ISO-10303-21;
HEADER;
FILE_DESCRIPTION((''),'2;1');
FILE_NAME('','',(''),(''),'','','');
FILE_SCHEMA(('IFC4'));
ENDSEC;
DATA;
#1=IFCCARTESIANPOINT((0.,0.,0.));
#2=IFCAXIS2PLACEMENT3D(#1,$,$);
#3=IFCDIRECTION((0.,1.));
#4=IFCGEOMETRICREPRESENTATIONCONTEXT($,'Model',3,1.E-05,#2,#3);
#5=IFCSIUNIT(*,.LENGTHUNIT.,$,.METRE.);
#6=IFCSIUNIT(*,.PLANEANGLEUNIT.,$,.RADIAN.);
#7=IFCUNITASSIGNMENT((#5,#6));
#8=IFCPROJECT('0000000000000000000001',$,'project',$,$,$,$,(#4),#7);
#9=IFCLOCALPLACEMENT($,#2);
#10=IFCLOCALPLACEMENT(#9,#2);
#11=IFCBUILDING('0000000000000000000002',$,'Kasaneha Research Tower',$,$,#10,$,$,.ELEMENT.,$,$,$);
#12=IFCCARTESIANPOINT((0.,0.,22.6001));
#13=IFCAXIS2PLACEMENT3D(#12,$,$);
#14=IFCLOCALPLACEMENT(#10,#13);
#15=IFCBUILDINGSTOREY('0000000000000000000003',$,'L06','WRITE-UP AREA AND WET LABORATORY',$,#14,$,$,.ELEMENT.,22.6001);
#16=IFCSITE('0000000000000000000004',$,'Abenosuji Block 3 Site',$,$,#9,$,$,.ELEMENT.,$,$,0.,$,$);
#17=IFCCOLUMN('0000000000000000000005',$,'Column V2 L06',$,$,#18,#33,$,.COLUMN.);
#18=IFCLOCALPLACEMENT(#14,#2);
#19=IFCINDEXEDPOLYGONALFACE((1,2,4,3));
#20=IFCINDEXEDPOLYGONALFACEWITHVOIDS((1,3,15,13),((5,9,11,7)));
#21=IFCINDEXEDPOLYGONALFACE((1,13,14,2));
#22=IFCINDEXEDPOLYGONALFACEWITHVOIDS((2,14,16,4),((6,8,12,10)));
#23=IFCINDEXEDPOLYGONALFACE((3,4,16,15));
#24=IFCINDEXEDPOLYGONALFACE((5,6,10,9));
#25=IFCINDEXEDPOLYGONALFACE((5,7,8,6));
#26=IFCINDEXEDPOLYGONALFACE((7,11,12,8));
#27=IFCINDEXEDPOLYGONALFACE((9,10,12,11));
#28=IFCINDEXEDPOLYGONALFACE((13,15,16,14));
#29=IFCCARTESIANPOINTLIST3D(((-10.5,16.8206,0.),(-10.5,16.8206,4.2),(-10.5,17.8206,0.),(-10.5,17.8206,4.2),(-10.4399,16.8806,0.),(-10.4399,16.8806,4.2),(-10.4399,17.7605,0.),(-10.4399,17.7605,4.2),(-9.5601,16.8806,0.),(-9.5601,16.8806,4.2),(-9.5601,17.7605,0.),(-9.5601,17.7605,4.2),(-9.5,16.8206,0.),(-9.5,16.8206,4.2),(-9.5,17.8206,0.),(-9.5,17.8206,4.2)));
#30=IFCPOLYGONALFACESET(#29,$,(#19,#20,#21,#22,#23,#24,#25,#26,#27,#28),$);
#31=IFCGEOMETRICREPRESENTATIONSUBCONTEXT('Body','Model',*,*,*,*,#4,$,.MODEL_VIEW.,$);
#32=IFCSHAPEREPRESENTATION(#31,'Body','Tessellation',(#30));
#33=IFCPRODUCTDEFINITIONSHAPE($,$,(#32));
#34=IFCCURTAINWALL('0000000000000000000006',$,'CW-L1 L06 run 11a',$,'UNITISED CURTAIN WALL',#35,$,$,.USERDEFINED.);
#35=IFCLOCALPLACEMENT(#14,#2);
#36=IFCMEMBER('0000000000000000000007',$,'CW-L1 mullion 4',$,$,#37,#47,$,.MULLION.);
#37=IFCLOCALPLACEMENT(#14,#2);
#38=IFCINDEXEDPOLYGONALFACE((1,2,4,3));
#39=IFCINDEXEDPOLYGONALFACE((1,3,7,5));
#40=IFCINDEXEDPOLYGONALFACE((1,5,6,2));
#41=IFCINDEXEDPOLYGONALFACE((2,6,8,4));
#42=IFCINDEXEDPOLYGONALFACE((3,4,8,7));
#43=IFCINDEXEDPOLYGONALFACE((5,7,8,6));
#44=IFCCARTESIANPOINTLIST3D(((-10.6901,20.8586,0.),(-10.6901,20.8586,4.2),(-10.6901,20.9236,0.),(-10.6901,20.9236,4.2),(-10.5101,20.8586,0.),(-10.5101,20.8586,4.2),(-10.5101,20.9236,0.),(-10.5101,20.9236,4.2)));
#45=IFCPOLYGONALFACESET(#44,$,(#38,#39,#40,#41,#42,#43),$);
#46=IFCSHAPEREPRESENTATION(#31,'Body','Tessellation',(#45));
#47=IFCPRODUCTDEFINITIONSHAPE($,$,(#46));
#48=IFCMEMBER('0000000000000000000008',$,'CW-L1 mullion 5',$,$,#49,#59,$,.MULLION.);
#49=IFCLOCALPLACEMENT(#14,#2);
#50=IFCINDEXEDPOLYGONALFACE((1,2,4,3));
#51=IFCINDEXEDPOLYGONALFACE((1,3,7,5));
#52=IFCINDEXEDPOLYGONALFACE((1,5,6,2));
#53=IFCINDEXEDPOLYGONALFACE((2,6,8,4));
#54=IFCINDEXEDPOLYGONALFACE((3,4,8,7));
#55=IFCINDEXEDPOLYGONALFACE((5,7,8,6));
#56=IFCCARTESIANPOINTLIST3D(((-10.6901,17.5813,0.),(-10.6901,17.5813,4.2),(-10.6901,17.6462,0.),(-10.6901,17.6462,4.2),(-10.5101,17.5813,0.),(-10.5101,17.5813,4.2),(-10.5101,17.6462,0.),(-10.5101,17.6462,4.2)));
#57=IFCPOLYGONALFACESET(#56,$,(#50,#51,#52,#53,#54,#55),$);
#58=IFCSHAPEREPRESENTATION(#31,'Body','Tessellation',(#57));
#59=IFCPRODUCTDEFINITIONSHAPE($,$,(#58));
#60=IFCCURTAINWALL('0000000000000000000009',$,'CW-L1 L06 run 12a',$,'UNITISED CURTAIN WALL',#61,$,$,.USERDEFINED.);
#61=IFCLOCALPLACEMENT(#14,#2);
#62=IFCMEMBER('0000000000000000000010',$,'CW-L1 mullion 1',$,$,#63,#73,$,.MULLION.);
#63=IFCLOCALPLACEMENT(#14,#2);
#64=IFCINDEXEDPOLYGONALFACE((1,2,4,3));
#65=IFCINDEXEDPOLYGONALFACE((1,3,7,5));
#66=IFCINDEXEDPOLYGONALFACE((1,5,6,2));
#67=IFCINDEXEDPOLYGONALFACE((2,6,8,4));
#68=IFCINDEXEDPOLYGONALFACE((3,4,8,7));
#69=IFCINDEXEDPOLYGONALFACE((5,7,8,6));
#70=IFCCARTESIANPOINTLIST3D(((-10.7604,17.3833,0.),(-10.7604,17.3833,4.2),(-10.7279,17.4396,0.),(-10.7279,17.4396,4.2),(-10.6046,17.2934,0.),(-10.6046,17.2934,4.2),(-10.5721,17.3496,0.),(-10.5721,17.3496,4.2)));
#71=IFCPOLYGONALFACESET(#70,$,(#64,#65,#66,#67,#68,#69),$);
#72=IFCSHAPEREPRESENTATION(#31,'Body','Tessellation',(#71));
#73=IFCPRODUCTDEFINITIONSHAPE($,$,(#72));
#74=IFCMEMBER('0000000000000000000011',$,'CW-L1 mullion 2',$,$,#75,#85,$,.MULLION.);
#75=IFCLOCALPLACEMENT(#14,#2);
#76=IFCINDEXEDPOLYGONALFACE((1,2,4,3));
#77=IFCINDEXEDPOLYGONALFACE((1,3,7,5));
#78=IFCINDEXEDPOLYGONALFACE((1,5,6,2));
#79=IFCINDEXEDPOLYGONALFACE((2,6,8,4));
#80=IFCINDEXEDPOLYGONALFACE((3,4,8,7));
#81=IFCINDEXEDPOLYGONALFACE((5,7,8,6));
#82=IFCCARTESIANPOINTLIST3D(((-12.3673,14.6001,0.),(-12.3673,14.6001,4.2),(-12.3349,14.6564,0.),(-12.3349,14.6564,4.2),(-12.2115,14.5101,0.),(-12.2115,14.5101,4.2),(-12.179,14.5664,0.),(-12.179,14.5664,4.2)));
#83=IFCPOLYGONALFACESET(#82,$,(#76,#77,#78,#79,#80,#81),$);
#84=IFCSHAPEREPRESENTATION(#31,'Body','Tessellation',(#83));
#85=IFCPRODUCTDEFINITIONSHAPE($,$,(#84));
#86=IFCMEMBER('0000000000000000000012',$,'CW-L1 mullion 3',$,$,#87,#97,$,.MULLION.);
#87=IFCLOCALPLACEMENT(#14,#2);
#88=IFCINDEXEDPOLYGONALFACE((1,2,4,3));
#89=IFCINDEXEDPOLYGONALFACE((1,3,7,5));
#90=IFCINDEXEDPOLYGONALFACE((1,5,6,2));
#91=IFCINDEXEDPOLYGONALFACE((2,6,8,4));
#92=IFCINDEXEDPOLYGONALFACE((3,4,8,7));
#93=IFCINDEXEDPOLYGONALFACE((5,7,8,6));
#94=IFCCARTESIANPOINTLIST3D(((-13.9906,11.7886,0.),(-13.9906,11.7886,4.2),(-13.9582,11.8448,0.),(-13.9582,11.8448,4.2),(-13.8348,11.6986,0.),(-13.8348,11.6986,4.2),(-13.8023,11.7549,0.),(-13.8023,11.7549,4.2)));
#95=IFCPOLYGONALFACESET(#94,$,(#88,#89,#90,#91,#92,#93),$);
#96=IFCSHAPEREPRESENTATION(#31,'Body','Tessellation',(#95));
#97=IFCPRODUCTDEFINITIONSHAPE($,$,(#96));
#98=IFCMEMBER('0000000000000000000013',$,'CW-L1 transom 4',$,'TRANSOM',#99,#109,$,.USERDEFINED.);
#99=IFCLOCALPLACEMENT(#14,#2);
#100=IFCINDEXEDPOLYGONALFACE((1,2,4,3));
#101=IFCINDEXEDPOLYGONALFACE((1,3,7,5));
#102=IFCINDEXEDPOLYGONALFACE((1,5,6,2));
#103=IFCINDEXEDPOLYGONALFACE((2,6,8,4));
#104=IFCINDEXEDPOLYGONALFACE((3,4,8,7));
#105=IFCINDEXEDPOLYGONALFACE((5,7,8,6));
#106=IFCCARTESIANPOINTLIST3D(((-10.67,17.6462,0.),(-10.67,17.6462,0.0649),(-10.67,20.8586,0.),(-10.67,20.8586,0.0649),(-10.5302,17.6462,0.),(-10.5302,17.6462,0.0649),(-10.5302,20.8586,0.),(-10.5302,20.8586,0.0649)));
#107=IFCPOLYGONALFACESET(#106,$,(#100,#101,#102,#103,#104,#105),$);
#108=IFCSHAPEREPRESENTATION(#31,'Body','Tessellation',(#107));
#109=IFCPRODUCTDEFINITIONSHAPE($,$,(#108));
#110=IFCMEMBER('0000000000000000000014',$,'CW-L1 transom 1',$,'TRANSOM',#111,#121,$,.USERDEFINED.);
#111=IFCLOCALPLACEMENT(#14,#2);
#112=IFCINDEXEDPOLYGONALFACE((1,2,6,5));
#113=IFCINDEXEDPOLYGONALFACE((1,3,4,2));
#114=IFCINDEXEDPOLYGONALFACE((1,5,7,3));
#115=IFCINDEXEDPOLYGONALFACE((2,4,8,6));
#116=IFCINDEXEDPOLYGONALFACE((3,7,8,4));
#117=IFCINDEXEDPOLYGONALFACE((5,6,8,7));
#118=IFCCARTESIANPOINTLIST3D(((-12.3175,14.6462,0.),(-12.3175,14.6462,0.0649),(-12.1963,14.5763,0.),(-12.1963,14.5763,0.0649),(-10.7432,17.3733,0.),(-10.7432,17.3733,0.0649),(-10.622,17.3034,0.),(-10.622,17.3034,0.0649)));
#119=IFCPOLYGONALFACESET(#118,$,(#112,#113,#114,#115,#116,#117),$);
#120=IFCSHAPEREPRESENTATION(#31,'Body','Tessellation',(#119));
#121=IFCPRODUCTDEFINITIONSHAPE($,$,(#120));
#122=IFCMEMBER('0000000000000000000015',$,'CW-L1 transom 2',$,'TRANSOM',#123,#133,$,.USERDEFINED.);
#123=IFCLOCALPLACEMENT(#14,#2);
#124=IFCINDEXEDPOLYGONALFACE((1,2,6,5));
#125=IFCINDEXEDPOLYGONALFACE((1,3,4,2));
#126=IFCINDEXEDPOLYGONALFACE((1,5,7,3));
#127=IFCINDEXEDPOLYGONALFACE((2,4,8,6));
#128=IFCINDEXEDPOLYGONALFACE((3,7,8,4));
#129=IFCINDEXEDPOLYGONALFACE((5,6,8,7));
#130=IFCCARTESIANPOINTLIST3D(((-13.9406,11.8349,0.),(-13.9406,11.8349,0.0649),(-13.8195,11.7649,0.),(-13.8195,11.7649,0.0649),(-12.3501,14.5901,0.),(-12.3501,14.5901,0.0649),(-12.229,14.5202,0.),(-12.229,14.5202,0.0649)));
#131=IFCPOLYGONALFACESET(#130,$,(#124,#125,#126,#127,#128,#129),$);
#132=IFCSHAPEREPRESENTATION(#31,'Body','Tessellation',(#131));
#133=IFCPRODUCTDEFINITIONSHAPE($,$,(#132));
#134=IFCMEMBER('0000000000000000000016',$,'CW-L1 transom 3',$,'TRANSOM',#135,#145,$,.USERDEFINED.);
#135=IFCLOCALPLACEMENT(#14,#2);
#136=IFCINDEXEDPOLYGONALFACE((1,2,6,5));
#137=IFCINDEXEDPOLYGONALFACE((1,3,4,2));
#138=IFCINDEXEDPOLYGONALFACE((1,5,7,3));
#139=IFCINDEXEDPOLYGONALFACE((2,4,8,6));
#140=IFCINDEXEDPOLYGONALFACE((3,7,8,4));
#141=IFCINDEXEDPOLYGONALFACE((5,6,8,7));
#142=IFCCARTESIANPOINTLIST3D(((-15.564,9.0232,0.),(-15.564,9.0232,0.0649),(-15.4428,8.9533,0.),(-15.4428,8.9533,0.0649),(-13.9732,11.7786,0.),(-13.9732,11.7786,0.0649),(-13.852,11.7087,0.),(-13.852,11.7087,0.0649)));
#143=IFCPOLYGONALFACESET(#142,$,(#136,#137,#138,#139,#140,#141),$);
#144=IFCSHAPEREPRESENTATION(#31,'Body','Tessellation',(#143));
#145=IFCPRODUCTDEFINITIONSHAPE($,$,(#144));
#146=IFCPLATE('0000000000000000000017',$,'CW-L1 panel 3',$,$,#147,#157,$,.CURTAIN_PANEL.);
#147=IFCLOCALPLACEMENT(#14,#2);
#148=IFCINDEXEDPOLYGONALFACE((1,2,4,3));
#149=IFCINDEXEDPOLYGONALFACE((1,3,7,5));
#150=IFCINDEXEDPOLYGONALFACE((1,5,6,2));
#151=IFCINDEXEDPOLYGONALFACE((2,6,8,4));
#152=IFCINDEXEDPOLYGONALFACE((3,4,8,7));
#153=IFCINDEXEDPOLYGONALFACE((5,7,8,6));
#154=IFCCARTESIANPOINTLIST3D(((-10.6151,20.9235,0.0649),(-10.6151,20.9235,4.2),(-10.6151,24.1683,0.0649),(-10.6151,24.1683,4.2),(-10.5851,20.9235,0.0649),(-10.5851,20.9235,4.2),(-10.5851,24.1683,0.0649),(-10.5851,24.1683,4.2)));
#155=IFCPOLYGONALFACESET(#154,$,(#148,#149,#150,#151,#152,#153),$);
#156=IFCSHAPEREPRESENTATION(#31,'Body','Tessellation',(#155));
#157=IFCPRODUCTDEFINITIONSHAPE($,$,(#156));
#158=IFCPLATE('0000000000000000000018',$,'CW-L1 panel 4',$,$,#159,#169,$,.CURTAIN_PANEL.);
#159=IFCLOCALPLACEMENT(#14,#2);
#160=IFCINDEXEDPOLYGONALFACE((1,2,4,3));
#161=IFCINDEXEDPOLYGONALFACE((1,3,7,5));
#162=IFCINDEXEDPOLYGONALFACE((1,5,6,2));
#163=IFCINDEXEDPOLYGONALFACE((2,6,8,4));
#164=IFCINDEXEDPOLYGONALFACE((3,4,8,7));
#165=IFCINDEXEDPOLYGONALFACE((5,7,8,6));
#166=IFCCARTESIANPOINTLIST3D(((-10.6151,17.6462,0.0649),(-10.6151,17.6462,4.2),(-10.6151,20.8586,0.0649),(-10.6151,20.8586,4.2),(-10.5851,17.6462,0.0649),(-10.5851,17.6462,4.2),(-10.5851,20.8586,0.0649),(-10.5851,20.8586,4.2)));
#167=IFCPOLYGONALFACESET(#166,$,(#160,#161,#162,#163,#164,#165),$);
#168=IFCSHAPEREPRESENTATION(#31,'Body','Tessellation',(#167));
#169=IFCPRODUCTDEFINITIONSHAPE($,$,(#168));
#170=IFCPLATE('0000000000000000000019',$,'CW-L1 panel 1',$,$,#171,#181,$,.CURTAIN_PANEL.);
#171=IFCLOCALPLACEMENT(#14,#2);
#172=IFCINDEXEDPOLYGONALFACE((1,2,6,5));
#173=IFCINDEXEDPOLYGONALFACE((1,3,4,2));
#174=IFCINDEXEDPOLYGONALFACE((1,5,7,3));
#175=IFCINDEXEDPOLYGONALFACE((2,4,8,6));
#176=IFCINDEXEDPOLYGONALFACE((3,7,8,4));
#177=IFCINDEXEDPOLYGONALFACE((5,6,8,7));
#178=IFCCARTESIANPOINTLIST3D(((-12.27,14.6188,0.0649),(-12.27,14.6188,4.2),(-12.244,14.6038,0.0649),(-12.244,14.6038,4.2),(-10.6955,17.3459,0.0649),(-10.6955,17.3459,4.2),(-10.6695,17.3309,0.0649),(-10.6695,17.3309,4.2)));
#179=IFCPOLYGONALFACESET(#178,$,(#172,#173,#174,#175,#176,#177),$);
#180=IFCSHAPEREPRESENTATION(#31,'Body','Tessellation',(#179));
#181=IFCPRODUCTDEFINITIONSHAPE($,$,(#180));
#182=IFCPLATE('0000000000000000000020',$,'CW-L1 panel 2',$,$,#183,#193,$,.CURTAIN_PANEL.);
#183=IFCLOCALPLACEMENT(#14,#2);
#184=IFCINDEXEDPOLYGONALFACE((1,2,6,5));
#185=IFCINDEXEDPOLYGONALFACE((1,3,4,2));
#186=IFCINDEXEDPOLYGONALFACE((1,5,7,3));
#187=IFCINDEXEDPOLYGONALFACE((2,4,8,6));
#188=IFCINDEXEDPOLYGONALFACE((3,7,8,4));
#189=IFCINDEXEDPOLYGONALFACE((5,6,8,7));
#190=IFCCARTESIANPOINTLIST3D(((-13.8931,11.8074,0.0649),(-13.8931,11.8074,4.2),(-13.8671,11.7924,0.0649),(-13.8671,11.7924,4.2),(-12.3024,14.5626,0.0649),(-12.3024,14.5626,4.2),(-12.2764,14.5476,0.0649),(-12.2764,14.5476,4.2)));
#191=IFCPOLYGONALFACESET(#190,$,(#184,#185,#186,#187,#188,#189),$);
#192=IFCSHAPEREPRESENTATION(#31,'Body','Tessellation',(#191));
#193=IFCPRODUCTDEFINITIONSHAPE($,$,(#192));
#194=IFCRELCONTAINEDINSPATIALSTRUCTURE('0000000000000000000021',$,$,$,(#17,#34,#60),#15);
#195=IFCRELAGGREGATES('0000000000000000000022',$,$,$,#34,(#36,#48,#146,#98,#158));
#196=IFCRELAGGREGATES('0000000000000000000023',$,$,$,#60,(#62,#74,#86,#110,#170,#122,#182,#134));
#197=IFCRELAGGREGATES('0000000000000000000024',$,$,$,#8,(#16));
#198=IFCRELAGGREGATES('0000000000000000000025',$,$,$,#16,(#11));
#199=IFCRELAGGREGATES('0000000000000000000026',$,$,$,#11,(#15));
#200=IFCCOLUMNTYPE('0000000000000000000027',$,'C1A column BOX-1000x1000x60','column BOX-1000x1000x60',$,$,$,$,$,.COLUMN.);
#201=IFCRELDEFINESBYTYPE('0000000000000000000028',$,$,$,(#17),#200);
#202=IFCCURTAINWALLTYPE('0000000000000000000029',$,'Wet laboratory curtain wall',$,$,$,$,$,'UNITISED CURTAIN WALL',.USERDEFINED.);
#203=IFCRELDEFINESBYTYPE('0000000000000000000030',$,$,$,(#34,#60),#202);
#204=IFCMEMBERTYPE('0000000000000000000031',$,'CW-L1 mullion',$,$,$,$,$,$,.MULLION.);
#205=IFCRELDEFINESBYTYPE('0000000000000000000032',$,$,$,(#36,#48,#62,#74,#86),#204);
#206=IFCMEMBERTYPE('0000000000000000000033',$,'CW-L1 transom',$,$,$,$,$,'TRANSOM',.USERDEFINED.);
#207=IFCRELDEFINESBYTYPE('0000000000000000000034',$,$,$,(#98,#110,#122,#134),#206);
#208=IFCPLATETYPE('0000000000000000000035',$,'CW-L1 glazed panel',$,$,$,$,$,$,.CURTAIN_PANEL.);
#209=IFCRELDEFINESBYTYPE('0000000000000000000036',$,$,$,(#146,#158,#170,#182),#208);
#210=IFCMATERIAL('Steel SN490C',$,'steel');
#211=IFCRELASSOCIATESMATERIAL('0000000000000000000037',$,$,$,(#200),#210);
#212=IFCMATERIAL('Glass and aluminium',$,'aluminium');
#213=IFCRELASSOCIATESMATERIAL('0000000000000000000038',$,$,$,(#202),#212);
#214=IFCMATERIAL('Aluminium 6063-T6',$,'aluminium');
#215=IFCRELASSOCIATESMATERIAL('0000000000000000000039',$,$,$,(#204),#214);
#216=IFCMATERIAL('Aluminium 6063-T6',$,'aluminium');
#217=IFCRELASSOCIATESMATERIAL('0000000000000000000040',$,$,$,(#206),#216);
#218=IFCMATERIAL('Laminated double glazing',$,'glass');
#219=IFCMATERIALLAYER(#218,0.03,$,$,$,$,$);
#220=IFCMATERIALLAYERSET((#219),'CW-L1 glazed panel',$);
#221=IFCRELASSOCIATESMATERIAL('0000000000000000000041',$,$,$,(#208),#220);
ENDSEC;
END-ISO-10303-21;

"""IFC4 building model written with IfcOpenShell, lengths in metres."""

from ifc_helpers import new_model, si_unit, direction, frame, origin, origin_2d, place, context, subcontext, project, spatial, rectangle, hollow_rectangle, extrude, material, layer, layer_set, material_profile, profile_set, type_object, element, aggregate, save


model = new_model("IFC4")

# Units and contexts
model_context = context("Model", 3, precision=1e-05, world=origin(), true_north=direction((0.0, 1.0)))
body_context = subcontext(model_context, "Body", "Model", "MODEL_VIEW")
ifc_project = project(units=[si_unit("LENGTHUNIT", "METRE"), si_unit("PLANEANGLEUNIT", "RADIAN")], contexts=[model_context])

# Site, building, storey
site_placement = place(None, origin())
site = spatial("IfcSite", under=ifc_project, at=site_placement, Name="Abenosuji Block 3 Site", CompositionType="ELEMENT", RefElevation=0.0)
building_placement = place(site_placement, origin())
building = spatial("IfcBuilding", under=site, at=building_placement, Name="Kasaneha Research Tower", CompositionType="ELEMENT")
storey_placement = place(building_placement, frame((0.0, 0.0, 22.6001)))
storey = spatial("IfcBuildingStorey", under=building, at=storey_placement, Name="L06", Description="WRITE-UP AREA AND WET LABORATORY", CompositionType="ELEMENT", Elevation=22.6001)

# Column
ifc_material_1 = material(Name="Steel SN490C", Category="steel")
ifc_material_profile_1 = material_profile(ifc_material_1, hollow_rectangle(XDim=1.0, YDim=1.0, WallThickness=0.0601, at=origin_2d()), Name="BOX-1000x1000x60")
ifc_profile_set_1 = profile_set([ifc_material_profile_1], Name="Steel SN490C")
column_type = type_object("IfcColumnType", Name="C1A column BOX-1000x1000x60", Description="column BOX-1000x1000x60", PredefinedType="COLUMN", material=ifc_profile_set_1)
column_placement = place(storey_placement, frame((-10.0, 17.3206, 0.0), z_axis=(0.0, 0.0, 1.0), x_axis=(1.0, 0.0, 0.0)))
element("IfcColumn", 1, at=column_placement, inside=storey, type_object=column_type, Name="Column V2 L06", PredefinedType="COLUMN", context=body_context, shape_type="SweptSolid", body=[
    extrude(hollow_rectangle(XDim=1.0, YDim=1.0, WallThickness=0.0601, at=origin_2d()), origin(), (0.0, 0.0, 1.0), 4.2),
])

# Curtain walls, members
ifc_material_2 = material(Name="Glass and aluminium", Category="aluminium")
curtain_wall_type = type_object("IfcCurtainWallType", Name="Wet laboratory curtain wall", ElementType="UNITISED CURTAIN WALL", PredefinedType="USERDEFINED", material=ifc_material_2)
curtain_wall_1_placement = place(storey_placement, origin())
curtain_wall_1 = element("IfcCurtainWall", 2, at=curtain_wall_1_placement, inside=storey, type_object=curtain_wall_type, Name="CW-L1 L06 run 11a", ObjectType="UNITISED CURTAIN WALL", PredefinedType="USERDEFINED")
ifc_material_3 = material(Name="Aluminium 6063-T6", Category="aluminium")
ifc_material_profile_2 = material_profile(ifc_material_3, rectangle(XDim=0.0649, YDim=0.1799, at=origin_2d()), Name="CW-L1 mullion 65x180")
ifc_profile_set_2 = profile_set([ifc_material_profile_2], Name="Aluminium 6063-T6")
member_type_1 = type_object("IfcMemberType", Name="CW-L1 mullion", PredefinedType="MULLION", material=ifc_profile_set_2)
member_1_placement = place(storey_placement, frame((-10.6001, 20.8911, 0.0), z_axis=(0.0, 0.0, 1.0), x_axis=(0.0, -1.0, 0.0)))
member_1 = element("IfcMember", 3, at=member_1_placement, type_object=member_type_1, Name="CW-L1 mullion 4", PredefinedType="MULLION", context=body_context, shape_type="SweptSolid", body=[
    extrude(rectangle(XDim=0.0649, YDim=0.1799, at=origin_2d()), origin(), (0.0, 0.0, 1.0), 4.2),
])
member_2_placement = place(storey_placement, frame((-10.6001, 17.6138, 0.0), z_axis=(0.0, 0.0, 1.0), x_axis=(0.0, -1.0, 0.0)))
member_2 = element("IfcMember", 4, at=member_2_placement, type_object=member_type_1, Name="CW-L1 mullion 5", PredefinedType="MULLION", context=body_context, shape_type="SweptSolid", body=[
    extrude(rectangle(XDim=0.0649, YDim=0.1799, at=origin_2d()), origin(), (0.0, 0.0, 1.0), 4.2),
])
curtain_wall_2_placement = place(storey_placement, origin())
curtain_wall_2 = element("IfcCurtainWall", 5, at=curtain_wall_2_placement, inside=storey, type_object=curtain_wall_type, Name="CW-L1 L06 run 12a", ObjectType="UNITISED CURTAIN WALL", PredefinedType="USERDEFINED")
member_3_placement = place(storey_placement, frame((-10.6663, 17.3665, 0.0), z_axis=(0.0, 0.0, 1.0), x_axis=(-0.5, -0.866025, 0.0)))
member_3 = element("IfcMember", 6, at=member_3_placement, type_object=member_type_1, Name="CW-L1 mullion 1", PredefinedType="MULLION", context=body_context, shape_type="SweptSolid", body=[
    extrude(rectangle(XDim=0.0649, YDim=0.1799, at=origin_2d()), origin(), (0.0, 0.0, 1.0), 4.2),
])
member_4_placement = place(storey_placement, frame((-12.2732, 14.5833, 0.0), z_axis=(0.0, 0.0, 1.0), x_axis=(-0.5, -0.866025, 0.0)))
member_4 = element("IfcMember", 7, at=member_4_placement, type_object=member_type_1, Name="CW-L1 mullion 2", PredefinedType="MULLION", context=body_context, shape_type="SweptSolid", body=[
    extrude(rectangle(XDim=0.0649, YDim=0.1799, at=origin_2d()), origin(), (0.0, 0.0, 1.0), 4.2),
])
member_5_placement = place(storey_placement, frame((-13.8965, 11.7717, 0.0), z_axis=(0.0, 0.0, 1.0), x_axis=(-0.5, -0.866025, 0.0)))
member_5 = element("IfcMember", 8, at=member_5_placement, type_object=member_type_1, Name="CW-L1 mullion 3", PredefinedType="MULLION", context=body_context, shape_type="SweptSolid", body=[
    extrude(rectangle(XDim=0.0649, YDim=0.1799, at=origin_2d()), origin(), (0.0, 0.0, 1.0), 4.2),
])

# Members
ifc_material_4 = material(Name="Aluminium 6063-T6", Category="aluminium")
ifc_material_profile_3 = material_profile(ifc_material_4, rectangle(XDim=0.1399, YDim=0.0649, at=origin_2d()), Name="CW-L1 transom 140x65")
ifc_profile_set_3 = profile_set([ifc_material_profile_3], Name="Aluminium 6063-T6")
member_type_2 = type_object("IfcMemberType", Name="CW-L1 transom", ElementType="TRANSOM", PredefinedType="USERDEFINED", material=ifc_profile_set_3)
member_6_placement = place(storey_placement, frame((-10.6001, 20.8586, 0.0325), z_axis=(0.0, -1.0, 0.0), x_axis=(1.0, 0.0, 0.0)))
member_6 = element("IfcMember", 9, at=member_6_placement, type_object=member_type_2, Name="CW-L1 transom 4", ObjectType="TRANSOM", PredefinedType="USERDEFINED", context=body_context, shape_type="SweptSolid", body=[
    extrude(rectangle(XDim=0.1399, YDim=0.0649, at=origin_2d()), origin(), (0.0, 0.0, 1.0), 3.2124),
])
member_7_placement = place(storey_placement, frame((-10.6826, 17.3384, 0.0325), z_axis=(-0.499942, -0.866059, 0.0), x_axis=(0.866059, -0.499942, 0.0)))
member_7 = element("IfcMember", 10, at=member_7_placement, type_object=member_type_2, Name="CW-L1 transom 1", ObjectType="TRANSOM", PredefinedType="USERDEFINED", context=body_context, shape_type="SweptSolid", body=[
    extrude(rectangle(XDim=0.1399, YDim=0.0649, at=origin_2d()), origin(), (0.0, 0.0, 1.0), 3.1489),
])
member_8_placement = place(storey_placement, frame((-12.2896, 14.5552, 0.0325), z_axis=(-0.499944, -0.866058, 0.0), x_axis=(0.866058, -0.499944, 0.0)))
member_8 = element("IfcMember", 11, at=member_8_placement, type_object=member_type_2, Name="CW-L1 transom 2", ObjectType="TRANSOM", PredefinedType="USERDEFINED", context=body_context, shape_type="SweptSolid", body=[
    extrude(rectangle(XDim=0.1399, YDim=0.0649, at=origin_2d()), origin(), (0.0, 0.0, 1.0), 3.1814),
])
member_9_placement = place(storey_placement, frame((-13.9126, 11.7437, 0.0325), z_axis=(-0.500001, -0.866025, 0.0), x_axis=(0.866025, -0.500001, 0.0)))
member_9 = element("IfcMember", 12, at=member_9_placement, type_object=member_type_2, Name="CW-L1 transom 3", ObjectType="TRANSOM", PredefinedType="USERDEFINED", context=body_context, shape_type="SweptSolid", body=[
    extrude(rectangle(XDim=0.1399, YDim=0.0649, at=origin_2d()), origin(), (0.0, 0.0, 1.0), 3.1816),
])

# Plates
ifc_material_5 = material(Name="Laminated double glazing", Category="glass")
ifc_layer = layer(ifc_material_5, 0.03)
ifc_layer_set = layer_set([ifc_layer], Name="CW-L1 glazed panel")
plate_type = type_object("IfcPlateType", Name="CW-L1 glazed panel", PredefinedType="CURTAIN_PANEL", material=ifc_layer_set)
plate_1_placement = place(storey_placement, frame((-10.6001, 22.5459, 0.0649), z_axis=(0.0, 0.0, 1.0), x_axis=(0.0, -1.0, 0.0)))
plate_1 = element("IfcPlate", 13, at=plate_1_placement, type_object=plate_type, Name="CW-L1 panel 3", PredefinedType="CURTAIN_PANEL", context=body_context, shape_type="SweptSolid", body=[
    extrude(rectangle(XDim=3.2449, YDim=0.03, at=origin_2d()), origin(), (0.0, 0.0, 1.0), 4.135),
])
plate_2_placement = place(storey_placement, frame((-10.6001, 19.2524, 0.0649), z_axis=(0.0, 0.0, 1.0), x_axis=(0.0, -1.0, 0.0)))
plate_2 = element("IfcPlate", 14, at=plate_2_placement, type_object=plate_type, Name="CW-L1 panel 4", PredefinedType="CURTAIN_PANEL", context=body_context, shape_type="SweptSolid", body=[
    extrude(rectangle(XDim=3.2124, YDim=0.03, at=origin_2d()), origin(), (0.0, 0.0, 1.0), 4.135),
])
aggregate(curtain_wall_1, [member_1, member_2, plate_1, member_6, plate_2])
plate_3_placement = place(storey_placement, frame((-11.4697, 15.9749, 0.0649), z_axis=(0.0, 0.0, 1.0), x_axis=(-0.5, -0.866025, 0.0)))
plate_3 = element("IfcPlate", 15, at=plate_3_placement, type_object=plate_type, Name="CW-L1 panel 1", PredefinedType="CURTAIN_PANEL", context=body_context, shape_type="SweptSolid", body=[
    extrude(rectangle(XDim=3.1489, YDim=0.03, at=origin_2d()), origin(), (0.0, 0.0, 1.0), 4.135),
])
plate_4_placement = place(storey_placement, frame((-13.0847, 13.1775, 0.0649), z_axis=(0.0, 0.0, 1.0), x_axis=(-0.5, -0.866025, 0.0)))
plate_4 = element("IfcPlate", 16, at=plate_4_placement, type_object=plate_type, Name="CW-L1 panel 2", PredefinedType="CURTAIN_PANEL", context=body_context, shape_type="SweptSolid", body=[
    extrude(rectangle(XDim=3.1814, YDim=0.03, at=origin_2d()), origin(), (0.0, 0.0, 1.0), 4.135),
])
aggregate(curtain_wall_2, [member_3, member_4, member_5, member_7, plate_3, member_8, plate_4, member_9])

save(model, "model.ifc")
